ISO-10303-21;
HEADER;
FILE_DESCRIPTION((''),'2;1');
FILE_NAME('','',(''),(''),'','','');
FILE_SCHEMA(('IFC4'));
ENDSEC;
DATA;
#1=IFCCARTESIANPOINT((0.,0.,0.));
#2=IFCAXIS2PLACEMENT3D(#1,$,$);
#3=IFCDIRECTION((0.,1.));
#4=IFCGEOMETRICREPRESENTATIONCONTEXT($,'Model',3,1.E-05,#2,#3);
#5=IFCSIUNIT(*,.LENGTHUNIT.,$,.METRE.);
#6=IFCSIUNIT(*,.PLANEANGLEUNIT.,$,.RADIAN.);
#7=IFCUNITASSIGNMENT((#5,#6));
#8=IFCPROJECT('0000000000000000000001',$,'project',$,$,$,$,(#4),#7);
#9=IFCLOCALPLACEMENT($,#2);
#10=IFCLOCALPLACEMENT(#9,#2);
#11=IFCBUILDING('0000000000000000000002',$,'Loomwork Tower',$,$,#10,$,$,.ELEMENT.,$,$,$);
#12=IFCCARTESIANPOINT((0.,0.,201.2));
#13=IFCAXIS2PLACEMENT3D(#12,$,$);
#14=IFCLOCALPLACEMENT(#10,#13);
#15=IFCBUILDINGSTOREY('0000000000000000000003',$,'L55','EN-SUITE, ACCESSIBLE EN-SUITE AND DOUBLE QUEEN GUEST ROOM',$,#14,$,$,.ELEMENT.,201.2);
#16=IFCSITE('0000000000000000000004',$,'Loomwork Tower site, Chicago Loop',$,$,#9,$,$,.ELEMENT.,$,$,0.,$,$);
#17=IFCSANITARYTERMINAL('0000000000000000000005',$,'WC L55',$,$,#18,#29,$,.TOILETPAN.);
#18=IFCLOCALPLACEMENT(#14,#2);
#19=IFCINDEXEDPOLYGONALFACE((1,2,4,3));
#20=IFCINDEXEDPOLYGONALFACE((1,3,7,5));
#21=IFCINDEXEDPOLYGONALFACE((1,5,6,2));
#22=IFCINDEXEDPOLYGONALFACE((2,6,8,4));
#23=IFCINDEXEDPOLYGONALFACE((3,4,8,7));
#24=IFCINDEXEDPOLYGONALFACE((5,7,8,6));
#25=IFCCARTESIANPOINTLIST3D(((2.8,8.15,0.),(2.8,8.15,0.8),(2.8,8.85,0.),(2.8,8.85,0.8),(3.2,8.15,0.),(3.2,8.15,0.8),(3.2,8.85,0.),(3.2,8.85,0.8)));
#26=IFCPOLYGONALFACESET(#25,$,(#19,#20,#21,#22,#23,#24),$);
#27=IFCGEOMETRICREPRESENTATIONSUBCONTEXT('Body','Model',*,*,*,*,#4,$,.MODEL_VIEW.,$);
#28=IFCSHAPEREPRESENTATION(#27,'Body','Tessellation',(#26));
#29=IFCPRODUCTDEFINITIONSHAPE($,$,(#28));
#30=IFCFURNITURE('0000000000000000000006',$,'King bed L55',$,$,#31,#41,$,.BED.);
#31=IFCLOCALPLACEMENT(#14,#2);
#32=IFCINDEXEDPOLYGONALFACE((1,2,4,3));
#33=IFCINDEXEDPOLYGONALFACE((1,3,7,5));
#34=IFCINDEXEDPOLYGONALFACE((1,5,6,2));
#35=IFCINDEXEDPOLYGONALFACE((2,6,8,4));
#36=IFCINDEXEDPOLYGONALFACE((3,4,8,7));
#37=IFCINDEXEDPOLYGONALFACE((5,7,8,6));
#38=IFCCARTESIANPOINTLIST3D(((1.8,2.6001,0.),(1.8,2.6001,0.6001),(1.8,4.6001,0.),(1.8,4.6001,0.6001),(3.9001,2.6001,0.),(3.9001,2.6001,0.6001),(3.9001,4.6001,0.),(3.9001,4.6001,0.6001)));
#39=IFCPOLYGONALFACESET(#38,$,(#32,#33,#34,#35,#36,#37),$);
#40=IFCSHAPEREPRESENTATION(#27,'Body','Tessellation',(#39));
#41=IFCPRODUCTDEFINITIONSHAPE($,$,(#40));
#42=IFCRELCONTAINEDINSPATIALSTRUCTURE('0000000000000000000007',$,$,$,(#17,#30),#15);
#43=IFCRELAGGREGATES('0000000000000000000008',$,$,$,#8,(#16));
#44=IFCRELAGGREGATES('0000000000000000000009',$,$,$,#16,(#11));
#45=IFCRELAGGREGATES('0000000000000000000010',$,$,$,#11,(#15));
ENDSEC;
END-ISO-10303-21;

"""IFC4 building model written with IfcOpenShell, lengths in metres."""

from ifc_helpers import new_model, si_unit, direction, frame, origin, origin_2d, place, context, subcontext, project, spatial, rectangle, extrude, element, save


model = new_model("IFC4")

# Units and contexts
model_context = context("Model", 3, precision=1e-05, world=origin(), true_north=direction((0.0, 1.0)))
body_context = subcontext(model_context, "Body", "Model", "MODEL_VIEW")
ifc_project = project(units=[si_unit("LENGTHUNIT", "METRE"), si_unit("PLANEANGLEUNIT", "RADIAN")], contexts=[model_context])

# Site, building, storey
site_placement = place(None, origin())
site = spatial("IfcSite", under=ifc_project, at=site_placement, Name="Loomwork Tower site, Chicago Loop", CompositionType="ELEMENT", RefElevation=0.0)
building_placement = place(site_placement, origin())
building = spatial("IfcBuilding", under=site, at=building_placement, Name="Loomwork Tower", CompositionType="ELEMENT")
storey_placement = place(building_placement, frame((0.0, 0.0, 201.2)))
storey = spatial("IfcBuildingStorey", under=building, at=storey_placement, Name="L55", Description="EN-SUITE, ACCESSIBLE EN-SUITE AND DOUBLE QUEEN GUEST ROOM", CompositionType="ELEMENT", Elevation=201.2)

# Sanitary terminal
sanitary_terminal_1_placement = place(storey_placement, frame((3.0, 8.5, 0.0), z_axis=(0.0, 0.0, 1.0), x_axis=(1.0, 0.0, 0.0)))
element("IfcSanitaryTerminal", 1, at=sanitary_terminal_1_placement, inside=storey, Name="WC L55", PredefinedType="TOILETPAN", context=body_context, shape_type="SweptSolid", body=[
    extrude(rectangle(XDim=0.3999, YDim=0.7, at=origin_2d()), origin(), (0.0, 0.0, 1.0), 0.8),
])

# Furniture
furniture_placement = place(storey_placement, frame((2.8501, 3.6001, 0.0), z_axis=(0.0, 0.0, 1.0), x_axis=(1.0, 0.0, 0.0)))
element("IfcFurniture", 2, at=furniture_placement, inside=storey, Name="King bed L55", PredefinedType="BED", context=body_context, shape_type="SweptSolid", body=[
    extrude(rectangle(XDim=2.1001, YDim=2.0, at=origin_2d()), origin(), (0.0, 0.0, 1.0), 0.6001),
])

save(model, "model.ifc")
